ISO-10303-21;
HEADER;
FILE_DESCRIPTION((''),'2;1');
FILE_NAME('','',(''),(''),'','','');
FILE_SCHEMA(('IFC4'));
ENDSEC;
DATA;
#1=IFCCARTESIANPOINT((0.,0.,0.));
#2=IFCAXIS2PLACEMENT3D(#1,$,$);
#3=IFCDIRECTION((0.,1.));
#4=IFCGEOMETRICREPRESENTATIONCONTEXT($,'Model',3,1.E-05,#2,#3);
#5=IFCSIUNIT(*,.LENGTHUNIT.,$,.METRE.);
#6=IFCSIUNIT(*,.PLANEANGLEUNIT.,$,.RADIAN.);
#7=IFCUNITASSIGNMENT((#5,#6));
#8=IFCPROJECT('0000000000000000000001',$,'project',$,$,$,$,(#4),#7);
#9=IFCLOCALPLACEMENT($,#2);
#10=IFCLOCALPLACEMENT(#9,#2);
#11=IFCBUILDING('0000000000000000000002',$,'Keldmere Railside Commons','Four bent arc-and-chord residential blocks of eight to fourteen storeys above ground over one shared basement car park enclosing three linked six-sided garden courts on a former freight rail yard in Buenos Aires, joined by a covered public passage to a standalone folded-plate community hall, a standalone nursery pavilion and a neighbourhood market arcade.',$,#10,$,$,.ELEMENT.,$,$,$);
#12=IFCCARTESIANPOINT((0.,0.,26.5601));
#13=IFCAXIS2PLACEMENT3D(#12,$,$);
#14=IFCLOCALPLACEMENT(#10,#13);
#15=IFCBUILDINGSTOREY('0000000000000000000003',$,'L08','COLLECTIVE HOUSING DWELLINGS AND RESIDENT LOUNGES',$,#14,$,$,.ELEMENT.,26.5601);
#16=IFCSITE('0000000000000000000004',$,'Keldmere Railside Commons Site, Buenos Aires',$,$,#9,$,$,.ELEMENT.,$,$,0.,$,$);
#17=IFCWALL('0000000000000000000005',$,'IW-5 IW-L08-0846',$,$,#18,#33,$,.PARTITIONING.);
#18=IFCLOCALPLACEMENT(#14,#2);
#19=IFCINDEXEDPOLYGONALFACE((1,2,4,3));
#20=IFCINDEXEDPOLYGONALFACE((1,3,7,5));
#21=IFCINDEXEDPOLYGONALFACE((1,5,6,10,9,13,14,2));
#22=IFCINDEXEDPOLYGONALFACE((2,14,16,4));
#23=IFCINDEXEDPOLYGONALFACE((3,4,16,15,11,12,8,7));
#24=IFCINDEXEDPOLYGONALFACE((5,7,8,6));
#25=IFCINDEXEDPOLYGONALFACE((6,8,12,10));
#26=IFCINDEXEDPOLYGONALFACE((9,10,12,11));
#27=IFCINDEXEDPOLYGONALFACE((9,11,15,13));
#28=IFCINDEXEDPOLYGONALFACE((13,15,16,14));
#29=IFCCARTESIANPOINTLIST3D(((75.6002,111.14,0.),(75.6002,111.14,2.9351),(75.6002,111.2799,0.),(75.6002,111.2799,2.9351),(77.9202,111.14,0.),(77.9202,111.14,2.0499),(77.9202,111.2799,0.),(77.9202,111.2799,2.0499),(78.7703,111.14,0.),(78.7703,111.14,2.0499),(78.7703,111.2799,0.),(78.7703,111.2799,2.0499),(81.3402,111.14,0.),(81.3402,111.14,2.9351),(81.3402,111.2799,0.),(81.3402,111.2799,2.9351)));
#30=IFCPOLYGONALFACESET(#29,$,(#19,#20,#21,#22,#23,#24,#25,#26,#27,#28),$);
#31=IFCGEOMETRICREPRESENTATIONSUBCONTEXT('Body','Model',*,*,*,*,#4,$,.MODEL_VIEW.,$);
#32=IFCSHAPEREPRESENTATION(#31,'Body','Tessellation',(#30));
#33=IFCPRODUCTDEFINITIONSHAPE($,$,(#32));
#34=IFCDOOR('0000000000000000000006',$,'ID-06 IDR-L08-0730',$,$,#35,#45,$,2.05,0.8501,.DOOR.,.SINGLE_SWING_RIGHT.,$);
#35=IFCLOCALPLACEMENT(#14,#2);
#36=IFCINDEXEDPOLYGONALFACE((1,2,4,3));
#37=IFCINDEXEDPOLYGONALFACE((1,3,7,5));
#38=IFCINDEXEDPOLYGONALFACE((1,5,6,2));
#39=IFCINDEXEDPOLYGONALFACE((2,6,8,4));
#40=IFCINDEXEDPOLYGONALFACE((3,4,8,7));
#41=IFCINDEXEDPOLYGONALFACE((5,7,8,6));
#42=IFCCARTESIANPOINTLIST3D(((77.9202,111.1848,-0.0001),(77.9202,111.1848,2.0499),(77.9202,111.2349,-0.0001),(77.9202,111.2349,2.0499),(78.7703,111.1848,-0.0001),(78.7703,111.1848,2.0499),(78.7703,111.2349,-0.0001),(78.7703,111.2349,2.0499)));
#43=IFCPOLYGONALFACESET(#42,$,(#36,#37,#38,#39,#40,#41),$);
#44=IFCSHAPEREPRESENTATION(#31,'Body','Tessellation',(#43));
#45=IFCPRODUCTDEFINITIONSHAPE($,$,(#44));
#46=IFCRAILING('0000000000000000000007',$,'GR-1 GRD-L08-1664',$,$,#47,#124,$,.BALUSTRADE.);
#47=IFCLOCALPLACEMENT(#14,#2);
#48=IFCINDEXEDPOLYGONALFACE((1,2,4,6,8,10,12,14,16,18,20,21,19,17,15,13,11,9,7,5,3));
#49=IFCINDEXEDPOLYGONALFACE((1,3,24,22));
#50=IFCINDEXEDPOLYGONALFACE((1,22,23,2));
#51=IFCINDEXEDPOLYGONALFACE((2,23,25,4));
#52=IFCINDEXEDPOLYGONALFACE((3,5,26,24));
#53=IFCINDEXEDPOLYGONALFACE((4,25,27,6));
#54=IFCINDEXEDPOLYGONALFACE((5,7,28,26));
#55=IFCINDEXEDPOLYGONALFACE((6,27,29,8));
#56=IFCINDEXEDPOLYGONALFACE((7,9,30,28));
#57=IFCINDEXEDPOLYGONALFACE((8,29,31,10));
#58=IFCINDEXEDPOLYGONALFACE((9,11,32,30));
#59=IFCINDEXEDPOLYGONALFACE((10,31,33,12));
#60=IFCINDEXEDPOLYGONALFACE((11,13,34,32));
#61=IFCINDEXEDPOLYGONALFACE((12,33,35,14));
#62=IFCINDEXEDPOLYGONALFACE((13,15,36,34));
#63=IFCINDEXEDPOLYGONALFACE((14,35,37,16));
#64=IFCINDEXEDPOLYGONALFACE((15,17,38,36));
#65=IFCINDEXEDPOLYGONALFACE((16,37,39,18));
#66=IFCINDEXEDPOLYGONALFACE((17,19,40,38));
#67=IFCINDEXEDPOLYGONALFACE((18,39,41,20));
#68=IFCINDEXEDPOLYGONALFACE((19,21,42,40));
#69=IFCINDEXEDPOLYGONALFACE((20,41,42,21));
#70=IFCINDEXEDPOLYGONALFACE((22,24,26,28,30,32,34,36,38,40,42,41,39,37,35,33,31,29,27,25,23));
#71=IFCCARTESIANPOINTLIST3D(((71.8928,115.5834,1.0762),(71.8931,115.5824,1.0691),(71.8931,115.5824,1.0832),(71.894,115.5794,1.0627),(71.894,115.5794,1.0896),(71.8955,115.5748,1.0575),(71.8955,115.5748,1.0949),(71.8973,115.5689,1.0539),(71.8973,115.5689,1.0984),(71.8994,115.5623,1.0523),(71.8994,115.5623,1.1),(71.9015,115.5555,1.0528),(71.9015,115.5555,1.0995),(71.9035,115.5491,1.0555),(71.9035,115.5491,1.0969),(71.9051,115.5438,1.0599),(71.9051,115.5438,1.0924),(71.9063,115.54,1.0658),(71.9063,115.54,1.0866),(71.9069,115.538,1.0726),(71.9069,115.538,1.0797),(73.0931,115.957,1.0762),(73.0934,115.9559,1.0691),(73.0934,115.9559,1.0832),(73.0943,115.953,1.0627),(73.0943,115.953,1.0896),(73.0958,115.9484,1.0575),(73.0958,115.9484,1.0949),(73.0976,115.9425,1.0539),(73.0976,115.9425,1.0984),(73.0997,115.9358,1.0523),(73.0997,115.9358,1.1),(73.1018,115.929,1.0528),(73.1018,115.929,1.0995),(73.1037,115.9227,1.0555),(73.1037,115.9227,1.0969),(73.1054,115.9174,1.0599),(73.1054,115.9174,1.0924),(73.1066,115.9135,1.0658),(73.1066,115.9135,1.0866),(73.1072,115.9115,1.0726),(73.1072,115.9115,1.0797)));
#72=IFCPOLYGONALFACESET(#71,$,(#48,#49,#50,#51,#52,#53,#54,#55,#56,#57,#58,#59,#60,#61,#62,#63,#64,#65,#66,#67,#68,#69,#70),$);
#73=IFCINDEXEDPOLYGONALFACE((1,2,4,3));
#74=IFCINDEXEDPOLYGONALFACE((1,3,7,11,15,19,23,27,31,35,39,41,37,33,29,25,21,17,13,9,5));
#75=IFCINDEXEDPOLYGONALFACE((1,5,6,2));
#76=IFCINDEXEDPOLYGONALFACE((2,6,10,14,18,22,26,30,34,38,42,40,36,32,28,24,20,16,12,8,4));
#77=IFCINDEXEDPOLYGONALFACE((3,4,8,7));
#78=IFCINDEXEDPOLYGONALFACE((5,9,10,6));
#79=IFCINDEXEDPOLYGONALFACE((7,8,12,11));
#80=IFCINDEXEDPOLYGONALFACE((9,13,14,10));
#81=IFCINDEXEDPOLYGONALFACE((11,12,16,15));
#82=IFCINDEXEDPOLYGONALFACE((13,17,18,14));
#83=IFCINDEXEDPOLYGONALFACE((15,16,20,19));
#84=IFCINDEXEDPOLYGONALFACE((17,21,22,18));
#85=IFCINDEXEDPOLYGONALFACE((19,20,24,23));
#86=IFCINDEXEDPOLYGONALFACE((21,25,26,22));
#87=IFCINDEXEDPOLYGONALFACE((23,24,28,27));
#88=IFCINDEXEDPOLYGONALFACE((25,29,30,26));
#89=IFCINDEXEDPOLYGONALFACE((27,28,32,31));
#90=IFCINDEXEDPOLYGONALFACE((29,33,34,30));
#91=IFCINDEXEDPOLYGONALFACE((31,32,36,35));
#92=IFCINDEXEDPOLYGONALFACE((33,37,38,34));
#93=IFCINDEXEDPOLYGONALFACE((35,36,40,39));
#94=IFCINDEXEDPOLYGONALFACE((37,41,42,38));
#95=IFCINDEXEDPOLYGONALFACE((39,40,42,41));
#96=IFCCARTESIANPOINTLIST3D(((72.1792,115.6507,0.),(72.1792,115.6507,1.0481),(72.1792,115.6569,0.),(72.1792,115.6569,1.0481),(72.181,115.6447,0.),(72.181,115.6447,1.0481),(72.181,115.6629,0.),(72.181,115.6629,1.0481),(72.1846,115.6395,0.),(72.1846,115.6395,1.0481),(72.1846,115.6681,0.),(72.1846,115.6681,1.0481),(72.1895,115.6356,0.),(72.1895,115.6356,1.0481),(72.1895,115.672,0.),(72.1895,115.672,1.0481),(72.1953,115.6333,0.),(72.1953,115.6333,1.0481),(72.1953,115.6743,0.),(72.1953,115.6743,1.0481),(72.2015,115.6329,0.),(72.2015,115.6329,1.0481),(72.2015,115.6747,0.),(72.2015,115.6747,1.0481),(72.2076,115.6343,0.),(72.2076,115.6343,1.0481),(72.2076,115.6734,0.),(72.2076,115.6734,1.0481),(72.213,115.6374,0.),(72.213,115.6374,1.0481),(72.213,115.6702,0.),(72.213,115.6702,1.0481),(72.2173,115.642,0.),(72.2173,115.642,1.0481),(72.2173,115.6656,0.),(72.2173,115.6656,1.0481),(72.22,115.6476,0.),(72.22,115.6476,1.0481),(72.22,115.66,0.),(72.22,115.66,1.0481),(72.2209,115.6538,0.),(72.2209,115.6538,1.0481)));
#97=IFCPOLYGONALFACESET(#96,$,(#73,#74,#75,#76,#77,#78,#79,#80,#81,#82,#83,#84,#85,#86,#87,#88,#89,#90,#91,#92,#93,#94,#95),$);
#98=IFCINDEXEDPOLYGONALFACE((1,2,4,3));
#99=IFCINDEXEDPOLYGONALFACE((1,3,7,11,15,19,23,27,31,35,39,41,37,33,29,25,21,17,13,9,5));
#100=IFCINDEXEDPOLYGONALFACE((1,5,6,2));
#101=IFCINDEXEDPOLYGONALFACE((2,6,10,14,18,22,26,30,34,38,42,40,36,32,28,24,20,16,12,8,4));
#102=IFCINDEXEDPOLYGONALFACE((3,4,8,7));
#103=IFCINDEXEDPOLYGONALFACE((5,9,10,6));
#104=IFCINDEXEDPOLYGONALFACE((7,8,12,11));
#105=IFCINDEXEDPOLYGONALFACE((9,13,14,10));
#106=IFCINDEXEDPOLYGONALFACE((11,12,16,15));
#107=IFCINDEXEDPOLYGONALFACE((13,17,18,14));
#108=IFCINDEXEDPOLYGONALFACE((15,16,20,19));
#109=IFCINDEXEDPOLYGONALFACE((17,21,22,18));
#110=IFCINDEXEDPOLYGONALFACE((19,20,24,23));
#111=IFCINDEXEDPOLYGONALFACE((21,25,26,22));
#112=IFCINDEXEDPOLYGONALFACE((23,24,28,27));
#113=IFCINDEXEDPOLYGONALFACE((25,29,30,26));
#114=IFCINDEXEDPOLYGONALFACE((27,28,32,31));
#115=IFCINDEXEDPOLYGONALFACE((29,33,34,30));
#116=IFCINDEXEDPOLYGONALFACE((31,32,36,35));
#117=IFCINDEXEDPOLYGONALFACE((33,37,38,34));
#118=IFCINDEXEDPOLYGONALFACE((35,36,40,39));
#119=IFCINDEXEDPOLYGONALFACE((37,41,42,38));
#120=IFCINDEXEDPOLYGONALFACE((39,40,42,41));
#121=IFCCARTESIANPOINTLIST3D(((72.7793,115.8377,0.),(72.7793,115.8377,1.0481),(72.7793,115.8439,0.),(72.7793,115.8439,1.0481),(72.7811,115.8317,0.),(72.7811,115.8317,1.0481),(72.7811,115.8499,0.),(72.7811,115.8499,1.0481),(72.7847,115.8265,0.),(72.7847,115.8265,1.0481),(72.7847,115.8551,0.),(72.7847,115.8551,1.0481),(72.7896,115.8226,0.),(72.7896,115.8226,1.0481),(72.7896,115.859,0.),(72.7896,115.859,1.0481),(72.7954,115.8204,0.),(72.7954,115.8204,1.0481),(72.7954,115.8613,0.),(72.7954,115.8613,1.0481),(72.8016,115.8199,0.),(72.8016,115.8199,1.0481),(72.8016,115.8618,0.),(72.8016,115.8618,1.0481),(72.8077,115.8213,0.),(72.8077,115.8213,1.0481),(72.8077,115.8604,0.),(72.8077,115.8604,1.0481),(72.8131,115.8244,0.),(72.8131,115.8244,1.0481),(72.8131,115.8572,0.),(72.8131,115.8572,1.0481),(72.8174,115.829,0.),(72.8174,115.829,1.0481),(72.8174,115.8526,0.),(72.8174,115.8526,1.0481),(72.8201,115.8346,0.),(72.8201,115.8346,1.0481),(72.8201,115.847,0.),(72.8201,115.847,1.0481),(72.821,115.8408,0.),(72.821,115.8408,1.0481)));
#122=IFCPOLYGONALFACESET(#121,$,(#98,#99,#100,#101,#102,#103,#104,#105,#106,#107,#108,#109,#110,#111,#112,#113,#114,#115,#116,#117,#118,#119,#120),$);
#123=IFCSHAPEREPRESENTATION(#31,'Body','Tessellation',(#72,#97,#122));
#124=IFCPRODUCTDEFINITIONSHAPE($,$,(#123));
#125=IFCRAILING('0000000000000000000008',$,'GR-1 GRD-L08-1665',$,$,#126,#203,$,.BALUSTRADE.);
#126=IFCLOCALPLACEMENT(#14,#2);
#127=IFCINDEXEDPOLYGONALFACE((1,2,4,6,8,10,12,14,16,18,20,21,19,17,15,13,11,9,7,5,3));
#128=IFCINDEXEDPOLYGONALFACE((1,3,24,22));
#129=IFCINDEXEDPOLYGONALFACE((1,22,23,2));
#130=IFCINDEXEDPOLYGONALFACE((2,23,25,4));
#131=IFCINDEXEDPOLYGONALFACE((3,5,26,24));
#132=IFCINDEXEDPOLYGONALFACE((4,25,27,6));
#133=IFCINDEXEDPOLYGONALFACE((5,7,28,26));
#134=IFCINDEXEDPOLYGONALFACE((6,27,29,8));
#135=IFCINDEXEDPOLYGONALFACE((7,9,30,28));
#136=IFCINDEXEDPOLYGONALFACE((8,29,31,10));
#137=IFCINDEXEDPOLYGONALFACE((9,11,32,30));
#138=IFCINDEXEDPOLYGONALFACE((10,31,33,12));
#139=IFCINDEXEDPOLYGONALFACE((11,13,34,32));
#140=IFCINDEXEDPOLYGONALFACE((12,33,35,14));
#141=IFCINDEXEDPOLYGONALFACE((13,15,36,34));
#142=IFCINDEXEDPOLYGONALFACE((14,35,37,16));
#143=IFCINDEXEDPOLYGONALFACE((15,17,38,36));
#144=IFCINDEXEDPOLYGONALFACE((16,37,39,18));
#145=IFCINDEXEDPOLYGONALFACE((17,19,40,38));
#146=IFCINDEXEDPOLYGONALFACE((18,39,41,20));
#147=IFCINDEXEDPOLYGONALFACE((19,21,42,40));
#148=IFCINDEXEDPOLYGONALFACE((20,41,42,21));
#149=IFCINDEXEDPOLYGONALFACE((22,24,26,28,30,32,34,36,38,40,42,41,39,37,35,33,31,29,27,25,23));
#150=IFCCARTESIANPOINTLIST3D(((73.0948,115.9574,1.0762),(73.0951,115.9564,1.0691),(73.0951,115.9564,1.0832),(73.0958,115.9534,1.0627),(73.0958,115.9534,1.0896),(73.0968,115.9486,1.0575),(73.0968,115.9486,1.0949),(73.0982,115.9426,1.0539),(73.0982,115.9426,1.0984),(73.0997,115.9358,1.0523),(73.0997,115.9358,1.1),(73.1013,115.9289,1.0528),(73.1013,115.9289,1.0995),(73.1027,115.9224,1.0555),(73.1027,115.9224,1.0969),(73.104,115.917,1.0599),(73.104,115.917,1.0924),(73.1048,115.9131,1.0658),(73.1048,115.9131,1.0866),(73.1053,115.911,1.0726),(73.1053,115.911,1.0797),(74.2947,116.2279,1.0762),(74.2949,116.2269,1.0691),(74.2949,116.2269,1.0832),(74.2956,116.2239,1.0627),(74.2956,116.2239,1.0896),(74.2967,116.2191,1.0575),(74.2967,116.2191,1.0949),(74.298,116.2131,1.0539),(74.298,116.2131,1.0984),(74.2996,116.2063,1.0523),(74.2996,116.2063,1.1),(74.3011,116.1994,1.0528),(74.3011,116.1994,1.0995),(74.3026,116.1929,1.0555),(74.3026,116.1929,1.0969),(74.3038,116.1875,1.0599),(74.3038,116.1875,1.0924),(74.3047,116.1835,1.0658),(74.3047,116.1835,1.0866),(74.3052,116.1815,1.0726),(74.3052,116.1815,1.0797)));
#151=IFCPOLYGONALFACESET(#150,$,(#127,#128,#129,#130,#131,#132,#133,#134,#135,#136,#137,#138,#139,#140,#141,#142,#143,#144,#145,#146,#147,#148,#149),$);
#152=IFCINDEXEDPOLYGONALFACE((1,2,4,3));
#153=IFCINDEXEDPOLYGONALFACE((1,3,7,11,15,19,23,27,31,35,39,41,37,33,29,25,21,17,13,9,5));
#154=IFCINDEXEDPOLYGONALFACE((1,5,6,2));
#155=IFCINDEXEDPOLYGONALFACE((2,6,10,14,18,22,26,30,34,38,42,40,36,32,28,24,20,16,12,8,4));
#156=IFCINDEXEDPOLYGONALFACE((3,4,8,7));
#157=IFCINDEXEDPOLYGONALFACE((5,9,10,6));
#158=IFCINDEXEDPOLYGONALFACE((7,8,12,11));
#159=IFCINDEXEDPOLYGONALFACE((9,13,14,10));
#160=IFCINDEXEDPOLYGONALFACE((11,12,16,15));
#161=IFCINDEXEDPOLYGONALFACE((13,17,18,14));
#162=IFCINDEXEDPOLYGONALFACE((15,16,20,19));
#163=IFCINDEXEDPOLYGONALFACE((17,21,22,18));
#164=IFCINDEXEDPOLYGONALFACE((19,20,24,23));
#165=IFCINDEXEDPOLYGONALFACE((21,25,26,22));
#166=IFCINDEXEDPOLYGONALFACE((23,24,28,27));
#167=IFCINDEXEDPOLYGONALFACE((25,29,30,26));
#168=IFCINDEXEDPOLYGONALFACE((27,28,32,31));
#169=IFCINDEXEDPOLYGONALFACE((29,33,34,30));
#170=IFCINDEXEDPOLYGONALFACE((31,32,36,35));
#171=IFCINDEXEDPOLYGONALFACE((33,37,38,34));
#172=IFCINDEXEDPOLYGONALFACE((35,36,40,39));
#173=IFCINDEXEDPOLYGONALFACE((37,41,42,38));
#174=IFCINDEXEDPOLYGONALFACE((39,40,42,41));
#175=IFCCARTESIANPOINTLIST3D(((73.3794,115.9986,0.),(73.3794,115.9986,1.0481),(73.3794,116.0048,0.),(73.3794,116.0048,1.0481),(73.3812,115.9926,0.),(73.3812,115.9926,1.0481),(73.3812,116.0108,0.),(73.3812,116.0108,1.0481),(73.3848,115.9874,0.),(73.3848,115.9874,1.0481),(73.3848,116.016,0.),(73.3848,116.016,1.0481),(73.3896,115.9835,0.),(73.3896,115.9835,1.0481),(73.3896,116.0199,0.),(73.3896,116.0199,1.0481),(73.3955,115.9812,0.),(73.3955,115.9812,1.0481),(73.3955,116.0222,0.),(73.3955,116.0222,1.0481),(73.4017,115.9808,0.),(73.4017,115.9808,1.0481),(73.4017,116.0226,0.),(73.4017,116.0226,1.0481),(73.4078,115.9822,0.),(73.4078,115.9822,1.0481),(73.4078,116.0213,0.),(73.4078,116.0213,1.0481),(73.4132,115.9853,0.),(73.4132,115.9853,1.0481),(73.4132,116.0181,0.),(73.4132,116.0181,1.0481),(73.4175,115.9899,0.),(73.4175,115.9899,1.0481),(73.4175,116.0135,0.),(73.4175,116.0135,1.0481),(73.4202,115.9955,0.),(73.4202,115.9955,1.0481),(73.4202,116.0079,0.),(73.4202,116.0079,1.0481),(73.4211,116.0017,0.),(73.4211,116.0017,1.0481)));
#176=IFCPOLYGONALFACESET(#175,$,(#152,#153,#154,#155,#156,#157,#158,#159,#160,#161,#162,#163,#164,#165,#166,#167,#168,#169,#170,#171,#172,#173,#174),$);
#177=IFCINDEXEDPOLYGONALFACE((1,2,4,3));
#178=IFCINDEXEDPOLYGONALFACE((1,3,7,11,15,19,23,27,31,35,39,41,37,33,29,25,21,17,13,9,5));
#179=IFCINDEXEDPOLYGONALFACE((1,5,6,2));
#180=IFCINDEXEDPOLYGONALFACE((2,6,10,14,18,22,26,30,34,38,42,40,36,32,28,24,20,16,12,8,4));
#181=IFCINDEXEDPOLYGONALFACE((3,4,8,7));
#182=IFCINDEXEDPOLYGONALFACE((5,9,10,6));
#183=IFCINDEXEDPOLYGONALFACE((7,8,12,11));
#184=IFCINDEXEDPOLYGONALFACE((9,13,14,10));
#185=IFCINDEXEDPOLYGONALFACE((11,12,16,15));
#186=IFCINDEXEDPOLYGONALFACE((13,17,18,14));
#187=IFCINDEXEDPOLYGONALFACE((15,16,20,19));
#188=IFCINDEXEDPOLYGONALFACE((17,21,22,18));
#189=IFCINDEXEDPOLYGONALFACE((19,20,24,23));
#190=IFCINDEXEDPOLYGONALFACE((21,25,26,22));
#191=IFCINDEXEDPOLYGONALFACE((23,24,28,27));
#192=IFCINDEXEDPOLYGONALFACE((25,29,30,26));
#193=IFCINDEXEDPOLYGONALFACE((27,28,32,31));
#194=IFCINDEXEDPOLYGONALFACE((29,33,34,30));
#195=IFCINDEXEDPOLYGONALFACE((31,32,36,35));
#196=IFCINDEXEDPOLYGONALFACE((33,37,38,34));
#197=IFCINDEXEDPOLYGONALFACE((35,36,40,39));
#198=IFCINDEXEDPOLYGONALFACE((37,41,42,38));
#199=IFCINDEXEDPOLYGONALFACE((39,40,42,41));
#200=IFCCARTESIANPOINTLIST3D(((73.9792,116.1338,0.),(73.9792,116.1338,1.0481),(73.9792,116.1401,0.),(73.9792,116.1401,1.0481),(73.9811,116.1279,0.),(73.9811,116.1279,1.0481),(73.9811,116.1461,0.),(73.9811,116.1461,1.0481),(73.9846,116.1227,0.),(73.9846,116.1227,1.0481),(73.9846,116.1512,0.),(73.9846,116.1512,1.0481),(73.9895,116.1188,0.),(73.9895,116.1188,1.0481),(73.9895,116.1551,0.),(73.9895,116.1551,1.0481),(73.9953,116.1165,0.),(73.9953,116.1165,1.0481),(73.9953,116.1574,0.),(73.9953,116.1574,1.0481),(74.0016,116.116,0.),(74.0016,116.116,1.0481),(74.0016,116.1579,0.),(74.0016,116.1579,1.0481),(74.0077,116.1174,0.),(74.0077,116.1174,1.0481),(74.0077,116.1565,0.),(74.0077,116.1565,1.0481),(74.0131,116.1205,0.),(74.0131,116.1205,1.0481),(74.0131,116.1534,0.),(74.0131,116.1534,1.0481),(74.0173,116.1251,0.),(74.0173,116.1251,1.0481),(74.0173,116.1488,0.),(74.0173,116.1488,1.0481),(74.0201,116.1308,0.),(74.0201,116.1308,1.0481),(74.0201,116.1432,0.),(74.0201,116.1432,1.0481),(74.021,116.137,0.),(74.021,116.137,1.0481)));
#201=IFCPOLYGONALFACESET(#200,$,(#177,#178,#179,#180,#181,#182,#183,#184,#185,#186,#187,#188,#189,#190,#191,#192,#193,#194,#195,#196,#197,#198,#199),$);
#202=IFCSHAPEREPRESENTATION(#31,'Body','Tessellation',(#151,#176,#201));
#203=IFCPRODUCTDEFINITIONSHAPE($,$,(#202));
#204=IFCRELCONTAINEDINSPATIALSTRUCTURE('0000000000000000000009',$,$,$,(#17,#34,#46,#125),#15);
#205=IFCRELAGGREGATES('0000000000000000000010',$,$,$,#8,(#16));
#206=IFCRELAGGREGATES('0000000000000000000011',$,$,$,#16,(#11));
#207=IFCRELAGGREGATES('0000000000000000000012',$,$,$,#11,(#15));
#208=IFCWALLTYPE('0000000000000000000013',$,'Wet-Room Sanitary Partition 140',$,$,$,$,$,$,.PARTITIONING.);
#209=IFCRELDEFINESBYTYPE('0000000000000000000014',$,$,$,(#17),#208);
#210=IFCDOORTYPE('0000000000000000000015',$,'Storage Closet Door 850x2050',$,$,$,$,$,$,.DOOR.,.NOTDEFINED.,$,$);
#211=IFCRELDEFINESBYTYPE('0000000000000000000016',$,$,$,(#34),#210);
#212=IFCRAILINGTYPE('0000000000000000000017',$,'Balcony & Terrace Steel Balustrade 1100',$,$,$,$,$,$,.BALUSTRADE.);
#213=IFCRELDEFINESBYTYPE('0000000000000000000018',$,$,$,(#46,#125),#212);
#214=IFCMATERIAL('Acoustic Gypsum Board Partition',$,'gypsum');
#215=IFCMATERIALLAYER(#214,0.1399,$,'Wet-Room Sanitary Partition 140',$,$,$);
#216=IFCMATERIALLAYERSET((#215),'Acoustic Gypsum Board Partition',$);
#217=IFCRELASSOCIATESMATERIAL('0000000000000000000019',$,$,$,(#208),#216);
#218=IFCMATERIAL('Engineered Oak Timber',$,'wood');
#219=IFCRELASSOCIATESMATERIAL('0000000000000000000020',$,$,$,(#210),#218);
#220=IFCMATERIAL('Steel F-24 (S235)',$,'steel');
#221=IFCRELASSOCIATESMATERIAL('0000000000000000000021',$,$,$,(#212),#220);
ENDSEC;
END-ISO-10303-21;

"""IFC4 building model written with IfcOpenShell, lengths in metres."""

from ifc_helpers import new_model, si_unit, direction, frame, frame_2d, origin, origin_2d, place, context, subcontext, project, spatial, rectangle, circle, extrude, material, layer, layer_set, type_object, element, fill, save


model = new_model("IFC4")

# Units and contexts
model_context = context("Model", 3, precision=1e-05, world=origin(), true_north=direction((0.0, 1.0)))
body_context = subcontext(model_context, "Body", "Model", "MODEL_VIEW")
ifc_project = project(units=[si_unit("LENGTHUNIT", "METRE"), si_unit("PLANEANGLEUNIT", "RADIAN")], contexts=[model_context])

# Site, building, storey
site_placement = place(None, origin())
site = spatial("IfcSite", under=ifc_project, at=site_placement, Name="Keldmere Railside Commons Site, Buenos Aires", CompositionType="ELEMENT", RefElevation=0.0)
building_placement = place(site_placement, origin())
building = spatial("IfcBuilding", under=site, at=building_placement, Name="Keldmere Railside Commons", Description="Four bent arc-and-chord residential blocks of eight to fourteen storeys above ground over one shared basement car park enclosing three linked six-sided garden courts on a former freight rail yard in Buenos Aires, joined by a covered public passage to a standalone folded-plate community hall, a standalone nursery pavilion and a neighbourhood market arcade.", CompositionType="ELEMENT")
storey_placement = place(building_placement, frame((0.0, 0.0, 26.5601)))
storey = spatial("IfcBuildingStorey", under=building, at=storey_placement, Name="L08", Description="COLLECTIVE HOUSING DWELLINGS AND RESIDENT LOUNGES", CompositionType="ELEMENT", Elevation=26.5601)

# Shared definitions
ifc_material_1 = material(Name="Acoustic Gypsum Board Partition", Category="gypsum")
ifc_material_2 = material(Name="Engineered Oak Timber", Category="wood")

# Wall, opening, door
ifc_layer_1 = layer(ifc_material_1, 0.1399, Name="Wet-Room Sanitary Partition 140")
ifc_layer_set_1 = layer_set([ifc_layer_1], Name="Acoustic Gypsum Board Partition")
wall_type_1 = type_object("IfcWallType", Name="Wet-Room Sanitary Partition 140", PredefinedType="PARTITIONING", material=ifc_layer_set_1)
wall_1_placement = place(storey_placement, frame((75.6001, 111.21, 0.0), z_axis=(0.0, 0.0, 1.0), x_axis=(1.0, 0.0, 0.0)))
wall_1 = element("IfcWall", 1, at=wall_1_placement, inside=storey, type_object=wall_type_1, Name="IW-5 IW-L08-0846", PredefinedType="PARTITIONING", context=body_context, shape_type="SweptSolid", body=[
    extrude(rectangle(XDim=5.74, YDim=0.1399, at=frame_2d((2.8701, 0.0))), origin(), (0.0, 0.0, 1.0), 2.9351),
])
opening_1_placement = place(wall_1_placement, frame((2.3201, 0.0, 0.0)))
opening_1 = element("IfcOpeningElement", 2, at=opening_1_placement, cuts=wall_1, PredefinedType="OPENING", context=body_context, shape_type="SweptSolid", body=[
    extrude(rectangle(XDim=0.8501, YDim=2.05, at=frame_2d((0.425, 1.0249))), frame((0.0, 0.0798, 0.0), z_axis=(0.0, -1.0, 0.0), x_axis=(1.0, 0.0, 0.0)), (0.0, 0.0, 1.0), 0.1599),
])
door_type_1 = type_object("IfcDoorType", Name="Storage Closet Door 850x2050", OperationType="NOTDEFINED", PredefinedType="DOOR", material=ifc_material_2)
door_1_placement = place(opening_1_placement, origin())
door_1 = element("IfcDoor", 3, at=door_1_placement, inside=storey, type_object=door_type_1, Name="ID-06 IDR-L08-0730", OperationType="SINGLE_SWING_RIGHT", OverallHeight=2.05, OverallWidth=0.8501, PredefinedType="DOOR", context=body_context, shape_type="SweptSolid", body=[
    extrude(rectangle(XDim=0.8501, YDim=2.05, at=frame_2d((0.425, 1.0249))), frame((0.0, 0.0249, 0.0), z_axis=(0.0, -1.0, 0.0), x_axis=(1.0, 0.0, 0.0)), (0.0, 0.0, 1.0), 0.05),
])
fill(opening_1, door_1)

# Railings
ifc_material_3 = material(Name="Steel F-24 (S235)", Category="steel")
railing_type = type_object("IfcRailingType", Name="Balcony & Terrace Steel Balustrade 1100", PredefinedType="BALUSTRADE", material=ifc_material_3)
railing_1_placement = place(storey_placement, frame((71.8999, 115.5605, 0.0)))
element("IfcRailing", 4, at=railing_1_placement, inside=storey, type_object=railing_type, Name="GR-1 GRD-L08-1664", PredefinedType="BALUSTRADE", context=body_context, shape_type="SweptSolid", body=[
    extrude(circle(Radius=0.0239, at=origin_2d()), frame((0.0, 0.0, 1.0762), z_axis=(0.954825, 0.297169, 0.0), x_axis=(-0.297169, 0.954825, 0.0)), (0.0, 0.0, 1.0), 1.2571),
    extrude(circle(Radius=0.021, at=origin_2d()), frame((0.3, 0.0933, 0.0)), (0.0, 0.0, 1.0), 1.0481),
    extrude(circle(Radius=0.021, at=origin_2d()), frame((0.9001, 0.2803, 0.0)), (0.0, 0.0, 1.0), 1.0481),
])
railing_2_placement = place(storey_placement, frame((73.1001, 115.9341, 0.0)))
element("IfcRailing", 5, at=railing_2_placement, inside=storey, type_object=railing_type, Name="GR-1 GRD-L08-1665", PredefinedType="BALUSTRADE", context=body_context, shape_type="SweptSolid", body=[
    extrude(circle(Radius=0.0239, at=origin_2d()), frame((0.0, 0.0, 1.0762), z_axis=(0.975519, 0.219914, 0.0), x_axis=(-0.219914, 0.975519, 0.0)), (0.0, 0.0, 1.0), 1.23),
    extrude(circle(Radius=0.021, at=origin_2d()), frame((0.3, 0.0676, 0.0)), (0.0, 0.0, 1.0), 1.0481),
    extrude(circle(Radius=0.021, at=origin_2d()), frame((0.8999, 0.2029, 0.0)), (0.0, 0.0, 1.0), 1.0481),
])

save(model, "model.ifc")
